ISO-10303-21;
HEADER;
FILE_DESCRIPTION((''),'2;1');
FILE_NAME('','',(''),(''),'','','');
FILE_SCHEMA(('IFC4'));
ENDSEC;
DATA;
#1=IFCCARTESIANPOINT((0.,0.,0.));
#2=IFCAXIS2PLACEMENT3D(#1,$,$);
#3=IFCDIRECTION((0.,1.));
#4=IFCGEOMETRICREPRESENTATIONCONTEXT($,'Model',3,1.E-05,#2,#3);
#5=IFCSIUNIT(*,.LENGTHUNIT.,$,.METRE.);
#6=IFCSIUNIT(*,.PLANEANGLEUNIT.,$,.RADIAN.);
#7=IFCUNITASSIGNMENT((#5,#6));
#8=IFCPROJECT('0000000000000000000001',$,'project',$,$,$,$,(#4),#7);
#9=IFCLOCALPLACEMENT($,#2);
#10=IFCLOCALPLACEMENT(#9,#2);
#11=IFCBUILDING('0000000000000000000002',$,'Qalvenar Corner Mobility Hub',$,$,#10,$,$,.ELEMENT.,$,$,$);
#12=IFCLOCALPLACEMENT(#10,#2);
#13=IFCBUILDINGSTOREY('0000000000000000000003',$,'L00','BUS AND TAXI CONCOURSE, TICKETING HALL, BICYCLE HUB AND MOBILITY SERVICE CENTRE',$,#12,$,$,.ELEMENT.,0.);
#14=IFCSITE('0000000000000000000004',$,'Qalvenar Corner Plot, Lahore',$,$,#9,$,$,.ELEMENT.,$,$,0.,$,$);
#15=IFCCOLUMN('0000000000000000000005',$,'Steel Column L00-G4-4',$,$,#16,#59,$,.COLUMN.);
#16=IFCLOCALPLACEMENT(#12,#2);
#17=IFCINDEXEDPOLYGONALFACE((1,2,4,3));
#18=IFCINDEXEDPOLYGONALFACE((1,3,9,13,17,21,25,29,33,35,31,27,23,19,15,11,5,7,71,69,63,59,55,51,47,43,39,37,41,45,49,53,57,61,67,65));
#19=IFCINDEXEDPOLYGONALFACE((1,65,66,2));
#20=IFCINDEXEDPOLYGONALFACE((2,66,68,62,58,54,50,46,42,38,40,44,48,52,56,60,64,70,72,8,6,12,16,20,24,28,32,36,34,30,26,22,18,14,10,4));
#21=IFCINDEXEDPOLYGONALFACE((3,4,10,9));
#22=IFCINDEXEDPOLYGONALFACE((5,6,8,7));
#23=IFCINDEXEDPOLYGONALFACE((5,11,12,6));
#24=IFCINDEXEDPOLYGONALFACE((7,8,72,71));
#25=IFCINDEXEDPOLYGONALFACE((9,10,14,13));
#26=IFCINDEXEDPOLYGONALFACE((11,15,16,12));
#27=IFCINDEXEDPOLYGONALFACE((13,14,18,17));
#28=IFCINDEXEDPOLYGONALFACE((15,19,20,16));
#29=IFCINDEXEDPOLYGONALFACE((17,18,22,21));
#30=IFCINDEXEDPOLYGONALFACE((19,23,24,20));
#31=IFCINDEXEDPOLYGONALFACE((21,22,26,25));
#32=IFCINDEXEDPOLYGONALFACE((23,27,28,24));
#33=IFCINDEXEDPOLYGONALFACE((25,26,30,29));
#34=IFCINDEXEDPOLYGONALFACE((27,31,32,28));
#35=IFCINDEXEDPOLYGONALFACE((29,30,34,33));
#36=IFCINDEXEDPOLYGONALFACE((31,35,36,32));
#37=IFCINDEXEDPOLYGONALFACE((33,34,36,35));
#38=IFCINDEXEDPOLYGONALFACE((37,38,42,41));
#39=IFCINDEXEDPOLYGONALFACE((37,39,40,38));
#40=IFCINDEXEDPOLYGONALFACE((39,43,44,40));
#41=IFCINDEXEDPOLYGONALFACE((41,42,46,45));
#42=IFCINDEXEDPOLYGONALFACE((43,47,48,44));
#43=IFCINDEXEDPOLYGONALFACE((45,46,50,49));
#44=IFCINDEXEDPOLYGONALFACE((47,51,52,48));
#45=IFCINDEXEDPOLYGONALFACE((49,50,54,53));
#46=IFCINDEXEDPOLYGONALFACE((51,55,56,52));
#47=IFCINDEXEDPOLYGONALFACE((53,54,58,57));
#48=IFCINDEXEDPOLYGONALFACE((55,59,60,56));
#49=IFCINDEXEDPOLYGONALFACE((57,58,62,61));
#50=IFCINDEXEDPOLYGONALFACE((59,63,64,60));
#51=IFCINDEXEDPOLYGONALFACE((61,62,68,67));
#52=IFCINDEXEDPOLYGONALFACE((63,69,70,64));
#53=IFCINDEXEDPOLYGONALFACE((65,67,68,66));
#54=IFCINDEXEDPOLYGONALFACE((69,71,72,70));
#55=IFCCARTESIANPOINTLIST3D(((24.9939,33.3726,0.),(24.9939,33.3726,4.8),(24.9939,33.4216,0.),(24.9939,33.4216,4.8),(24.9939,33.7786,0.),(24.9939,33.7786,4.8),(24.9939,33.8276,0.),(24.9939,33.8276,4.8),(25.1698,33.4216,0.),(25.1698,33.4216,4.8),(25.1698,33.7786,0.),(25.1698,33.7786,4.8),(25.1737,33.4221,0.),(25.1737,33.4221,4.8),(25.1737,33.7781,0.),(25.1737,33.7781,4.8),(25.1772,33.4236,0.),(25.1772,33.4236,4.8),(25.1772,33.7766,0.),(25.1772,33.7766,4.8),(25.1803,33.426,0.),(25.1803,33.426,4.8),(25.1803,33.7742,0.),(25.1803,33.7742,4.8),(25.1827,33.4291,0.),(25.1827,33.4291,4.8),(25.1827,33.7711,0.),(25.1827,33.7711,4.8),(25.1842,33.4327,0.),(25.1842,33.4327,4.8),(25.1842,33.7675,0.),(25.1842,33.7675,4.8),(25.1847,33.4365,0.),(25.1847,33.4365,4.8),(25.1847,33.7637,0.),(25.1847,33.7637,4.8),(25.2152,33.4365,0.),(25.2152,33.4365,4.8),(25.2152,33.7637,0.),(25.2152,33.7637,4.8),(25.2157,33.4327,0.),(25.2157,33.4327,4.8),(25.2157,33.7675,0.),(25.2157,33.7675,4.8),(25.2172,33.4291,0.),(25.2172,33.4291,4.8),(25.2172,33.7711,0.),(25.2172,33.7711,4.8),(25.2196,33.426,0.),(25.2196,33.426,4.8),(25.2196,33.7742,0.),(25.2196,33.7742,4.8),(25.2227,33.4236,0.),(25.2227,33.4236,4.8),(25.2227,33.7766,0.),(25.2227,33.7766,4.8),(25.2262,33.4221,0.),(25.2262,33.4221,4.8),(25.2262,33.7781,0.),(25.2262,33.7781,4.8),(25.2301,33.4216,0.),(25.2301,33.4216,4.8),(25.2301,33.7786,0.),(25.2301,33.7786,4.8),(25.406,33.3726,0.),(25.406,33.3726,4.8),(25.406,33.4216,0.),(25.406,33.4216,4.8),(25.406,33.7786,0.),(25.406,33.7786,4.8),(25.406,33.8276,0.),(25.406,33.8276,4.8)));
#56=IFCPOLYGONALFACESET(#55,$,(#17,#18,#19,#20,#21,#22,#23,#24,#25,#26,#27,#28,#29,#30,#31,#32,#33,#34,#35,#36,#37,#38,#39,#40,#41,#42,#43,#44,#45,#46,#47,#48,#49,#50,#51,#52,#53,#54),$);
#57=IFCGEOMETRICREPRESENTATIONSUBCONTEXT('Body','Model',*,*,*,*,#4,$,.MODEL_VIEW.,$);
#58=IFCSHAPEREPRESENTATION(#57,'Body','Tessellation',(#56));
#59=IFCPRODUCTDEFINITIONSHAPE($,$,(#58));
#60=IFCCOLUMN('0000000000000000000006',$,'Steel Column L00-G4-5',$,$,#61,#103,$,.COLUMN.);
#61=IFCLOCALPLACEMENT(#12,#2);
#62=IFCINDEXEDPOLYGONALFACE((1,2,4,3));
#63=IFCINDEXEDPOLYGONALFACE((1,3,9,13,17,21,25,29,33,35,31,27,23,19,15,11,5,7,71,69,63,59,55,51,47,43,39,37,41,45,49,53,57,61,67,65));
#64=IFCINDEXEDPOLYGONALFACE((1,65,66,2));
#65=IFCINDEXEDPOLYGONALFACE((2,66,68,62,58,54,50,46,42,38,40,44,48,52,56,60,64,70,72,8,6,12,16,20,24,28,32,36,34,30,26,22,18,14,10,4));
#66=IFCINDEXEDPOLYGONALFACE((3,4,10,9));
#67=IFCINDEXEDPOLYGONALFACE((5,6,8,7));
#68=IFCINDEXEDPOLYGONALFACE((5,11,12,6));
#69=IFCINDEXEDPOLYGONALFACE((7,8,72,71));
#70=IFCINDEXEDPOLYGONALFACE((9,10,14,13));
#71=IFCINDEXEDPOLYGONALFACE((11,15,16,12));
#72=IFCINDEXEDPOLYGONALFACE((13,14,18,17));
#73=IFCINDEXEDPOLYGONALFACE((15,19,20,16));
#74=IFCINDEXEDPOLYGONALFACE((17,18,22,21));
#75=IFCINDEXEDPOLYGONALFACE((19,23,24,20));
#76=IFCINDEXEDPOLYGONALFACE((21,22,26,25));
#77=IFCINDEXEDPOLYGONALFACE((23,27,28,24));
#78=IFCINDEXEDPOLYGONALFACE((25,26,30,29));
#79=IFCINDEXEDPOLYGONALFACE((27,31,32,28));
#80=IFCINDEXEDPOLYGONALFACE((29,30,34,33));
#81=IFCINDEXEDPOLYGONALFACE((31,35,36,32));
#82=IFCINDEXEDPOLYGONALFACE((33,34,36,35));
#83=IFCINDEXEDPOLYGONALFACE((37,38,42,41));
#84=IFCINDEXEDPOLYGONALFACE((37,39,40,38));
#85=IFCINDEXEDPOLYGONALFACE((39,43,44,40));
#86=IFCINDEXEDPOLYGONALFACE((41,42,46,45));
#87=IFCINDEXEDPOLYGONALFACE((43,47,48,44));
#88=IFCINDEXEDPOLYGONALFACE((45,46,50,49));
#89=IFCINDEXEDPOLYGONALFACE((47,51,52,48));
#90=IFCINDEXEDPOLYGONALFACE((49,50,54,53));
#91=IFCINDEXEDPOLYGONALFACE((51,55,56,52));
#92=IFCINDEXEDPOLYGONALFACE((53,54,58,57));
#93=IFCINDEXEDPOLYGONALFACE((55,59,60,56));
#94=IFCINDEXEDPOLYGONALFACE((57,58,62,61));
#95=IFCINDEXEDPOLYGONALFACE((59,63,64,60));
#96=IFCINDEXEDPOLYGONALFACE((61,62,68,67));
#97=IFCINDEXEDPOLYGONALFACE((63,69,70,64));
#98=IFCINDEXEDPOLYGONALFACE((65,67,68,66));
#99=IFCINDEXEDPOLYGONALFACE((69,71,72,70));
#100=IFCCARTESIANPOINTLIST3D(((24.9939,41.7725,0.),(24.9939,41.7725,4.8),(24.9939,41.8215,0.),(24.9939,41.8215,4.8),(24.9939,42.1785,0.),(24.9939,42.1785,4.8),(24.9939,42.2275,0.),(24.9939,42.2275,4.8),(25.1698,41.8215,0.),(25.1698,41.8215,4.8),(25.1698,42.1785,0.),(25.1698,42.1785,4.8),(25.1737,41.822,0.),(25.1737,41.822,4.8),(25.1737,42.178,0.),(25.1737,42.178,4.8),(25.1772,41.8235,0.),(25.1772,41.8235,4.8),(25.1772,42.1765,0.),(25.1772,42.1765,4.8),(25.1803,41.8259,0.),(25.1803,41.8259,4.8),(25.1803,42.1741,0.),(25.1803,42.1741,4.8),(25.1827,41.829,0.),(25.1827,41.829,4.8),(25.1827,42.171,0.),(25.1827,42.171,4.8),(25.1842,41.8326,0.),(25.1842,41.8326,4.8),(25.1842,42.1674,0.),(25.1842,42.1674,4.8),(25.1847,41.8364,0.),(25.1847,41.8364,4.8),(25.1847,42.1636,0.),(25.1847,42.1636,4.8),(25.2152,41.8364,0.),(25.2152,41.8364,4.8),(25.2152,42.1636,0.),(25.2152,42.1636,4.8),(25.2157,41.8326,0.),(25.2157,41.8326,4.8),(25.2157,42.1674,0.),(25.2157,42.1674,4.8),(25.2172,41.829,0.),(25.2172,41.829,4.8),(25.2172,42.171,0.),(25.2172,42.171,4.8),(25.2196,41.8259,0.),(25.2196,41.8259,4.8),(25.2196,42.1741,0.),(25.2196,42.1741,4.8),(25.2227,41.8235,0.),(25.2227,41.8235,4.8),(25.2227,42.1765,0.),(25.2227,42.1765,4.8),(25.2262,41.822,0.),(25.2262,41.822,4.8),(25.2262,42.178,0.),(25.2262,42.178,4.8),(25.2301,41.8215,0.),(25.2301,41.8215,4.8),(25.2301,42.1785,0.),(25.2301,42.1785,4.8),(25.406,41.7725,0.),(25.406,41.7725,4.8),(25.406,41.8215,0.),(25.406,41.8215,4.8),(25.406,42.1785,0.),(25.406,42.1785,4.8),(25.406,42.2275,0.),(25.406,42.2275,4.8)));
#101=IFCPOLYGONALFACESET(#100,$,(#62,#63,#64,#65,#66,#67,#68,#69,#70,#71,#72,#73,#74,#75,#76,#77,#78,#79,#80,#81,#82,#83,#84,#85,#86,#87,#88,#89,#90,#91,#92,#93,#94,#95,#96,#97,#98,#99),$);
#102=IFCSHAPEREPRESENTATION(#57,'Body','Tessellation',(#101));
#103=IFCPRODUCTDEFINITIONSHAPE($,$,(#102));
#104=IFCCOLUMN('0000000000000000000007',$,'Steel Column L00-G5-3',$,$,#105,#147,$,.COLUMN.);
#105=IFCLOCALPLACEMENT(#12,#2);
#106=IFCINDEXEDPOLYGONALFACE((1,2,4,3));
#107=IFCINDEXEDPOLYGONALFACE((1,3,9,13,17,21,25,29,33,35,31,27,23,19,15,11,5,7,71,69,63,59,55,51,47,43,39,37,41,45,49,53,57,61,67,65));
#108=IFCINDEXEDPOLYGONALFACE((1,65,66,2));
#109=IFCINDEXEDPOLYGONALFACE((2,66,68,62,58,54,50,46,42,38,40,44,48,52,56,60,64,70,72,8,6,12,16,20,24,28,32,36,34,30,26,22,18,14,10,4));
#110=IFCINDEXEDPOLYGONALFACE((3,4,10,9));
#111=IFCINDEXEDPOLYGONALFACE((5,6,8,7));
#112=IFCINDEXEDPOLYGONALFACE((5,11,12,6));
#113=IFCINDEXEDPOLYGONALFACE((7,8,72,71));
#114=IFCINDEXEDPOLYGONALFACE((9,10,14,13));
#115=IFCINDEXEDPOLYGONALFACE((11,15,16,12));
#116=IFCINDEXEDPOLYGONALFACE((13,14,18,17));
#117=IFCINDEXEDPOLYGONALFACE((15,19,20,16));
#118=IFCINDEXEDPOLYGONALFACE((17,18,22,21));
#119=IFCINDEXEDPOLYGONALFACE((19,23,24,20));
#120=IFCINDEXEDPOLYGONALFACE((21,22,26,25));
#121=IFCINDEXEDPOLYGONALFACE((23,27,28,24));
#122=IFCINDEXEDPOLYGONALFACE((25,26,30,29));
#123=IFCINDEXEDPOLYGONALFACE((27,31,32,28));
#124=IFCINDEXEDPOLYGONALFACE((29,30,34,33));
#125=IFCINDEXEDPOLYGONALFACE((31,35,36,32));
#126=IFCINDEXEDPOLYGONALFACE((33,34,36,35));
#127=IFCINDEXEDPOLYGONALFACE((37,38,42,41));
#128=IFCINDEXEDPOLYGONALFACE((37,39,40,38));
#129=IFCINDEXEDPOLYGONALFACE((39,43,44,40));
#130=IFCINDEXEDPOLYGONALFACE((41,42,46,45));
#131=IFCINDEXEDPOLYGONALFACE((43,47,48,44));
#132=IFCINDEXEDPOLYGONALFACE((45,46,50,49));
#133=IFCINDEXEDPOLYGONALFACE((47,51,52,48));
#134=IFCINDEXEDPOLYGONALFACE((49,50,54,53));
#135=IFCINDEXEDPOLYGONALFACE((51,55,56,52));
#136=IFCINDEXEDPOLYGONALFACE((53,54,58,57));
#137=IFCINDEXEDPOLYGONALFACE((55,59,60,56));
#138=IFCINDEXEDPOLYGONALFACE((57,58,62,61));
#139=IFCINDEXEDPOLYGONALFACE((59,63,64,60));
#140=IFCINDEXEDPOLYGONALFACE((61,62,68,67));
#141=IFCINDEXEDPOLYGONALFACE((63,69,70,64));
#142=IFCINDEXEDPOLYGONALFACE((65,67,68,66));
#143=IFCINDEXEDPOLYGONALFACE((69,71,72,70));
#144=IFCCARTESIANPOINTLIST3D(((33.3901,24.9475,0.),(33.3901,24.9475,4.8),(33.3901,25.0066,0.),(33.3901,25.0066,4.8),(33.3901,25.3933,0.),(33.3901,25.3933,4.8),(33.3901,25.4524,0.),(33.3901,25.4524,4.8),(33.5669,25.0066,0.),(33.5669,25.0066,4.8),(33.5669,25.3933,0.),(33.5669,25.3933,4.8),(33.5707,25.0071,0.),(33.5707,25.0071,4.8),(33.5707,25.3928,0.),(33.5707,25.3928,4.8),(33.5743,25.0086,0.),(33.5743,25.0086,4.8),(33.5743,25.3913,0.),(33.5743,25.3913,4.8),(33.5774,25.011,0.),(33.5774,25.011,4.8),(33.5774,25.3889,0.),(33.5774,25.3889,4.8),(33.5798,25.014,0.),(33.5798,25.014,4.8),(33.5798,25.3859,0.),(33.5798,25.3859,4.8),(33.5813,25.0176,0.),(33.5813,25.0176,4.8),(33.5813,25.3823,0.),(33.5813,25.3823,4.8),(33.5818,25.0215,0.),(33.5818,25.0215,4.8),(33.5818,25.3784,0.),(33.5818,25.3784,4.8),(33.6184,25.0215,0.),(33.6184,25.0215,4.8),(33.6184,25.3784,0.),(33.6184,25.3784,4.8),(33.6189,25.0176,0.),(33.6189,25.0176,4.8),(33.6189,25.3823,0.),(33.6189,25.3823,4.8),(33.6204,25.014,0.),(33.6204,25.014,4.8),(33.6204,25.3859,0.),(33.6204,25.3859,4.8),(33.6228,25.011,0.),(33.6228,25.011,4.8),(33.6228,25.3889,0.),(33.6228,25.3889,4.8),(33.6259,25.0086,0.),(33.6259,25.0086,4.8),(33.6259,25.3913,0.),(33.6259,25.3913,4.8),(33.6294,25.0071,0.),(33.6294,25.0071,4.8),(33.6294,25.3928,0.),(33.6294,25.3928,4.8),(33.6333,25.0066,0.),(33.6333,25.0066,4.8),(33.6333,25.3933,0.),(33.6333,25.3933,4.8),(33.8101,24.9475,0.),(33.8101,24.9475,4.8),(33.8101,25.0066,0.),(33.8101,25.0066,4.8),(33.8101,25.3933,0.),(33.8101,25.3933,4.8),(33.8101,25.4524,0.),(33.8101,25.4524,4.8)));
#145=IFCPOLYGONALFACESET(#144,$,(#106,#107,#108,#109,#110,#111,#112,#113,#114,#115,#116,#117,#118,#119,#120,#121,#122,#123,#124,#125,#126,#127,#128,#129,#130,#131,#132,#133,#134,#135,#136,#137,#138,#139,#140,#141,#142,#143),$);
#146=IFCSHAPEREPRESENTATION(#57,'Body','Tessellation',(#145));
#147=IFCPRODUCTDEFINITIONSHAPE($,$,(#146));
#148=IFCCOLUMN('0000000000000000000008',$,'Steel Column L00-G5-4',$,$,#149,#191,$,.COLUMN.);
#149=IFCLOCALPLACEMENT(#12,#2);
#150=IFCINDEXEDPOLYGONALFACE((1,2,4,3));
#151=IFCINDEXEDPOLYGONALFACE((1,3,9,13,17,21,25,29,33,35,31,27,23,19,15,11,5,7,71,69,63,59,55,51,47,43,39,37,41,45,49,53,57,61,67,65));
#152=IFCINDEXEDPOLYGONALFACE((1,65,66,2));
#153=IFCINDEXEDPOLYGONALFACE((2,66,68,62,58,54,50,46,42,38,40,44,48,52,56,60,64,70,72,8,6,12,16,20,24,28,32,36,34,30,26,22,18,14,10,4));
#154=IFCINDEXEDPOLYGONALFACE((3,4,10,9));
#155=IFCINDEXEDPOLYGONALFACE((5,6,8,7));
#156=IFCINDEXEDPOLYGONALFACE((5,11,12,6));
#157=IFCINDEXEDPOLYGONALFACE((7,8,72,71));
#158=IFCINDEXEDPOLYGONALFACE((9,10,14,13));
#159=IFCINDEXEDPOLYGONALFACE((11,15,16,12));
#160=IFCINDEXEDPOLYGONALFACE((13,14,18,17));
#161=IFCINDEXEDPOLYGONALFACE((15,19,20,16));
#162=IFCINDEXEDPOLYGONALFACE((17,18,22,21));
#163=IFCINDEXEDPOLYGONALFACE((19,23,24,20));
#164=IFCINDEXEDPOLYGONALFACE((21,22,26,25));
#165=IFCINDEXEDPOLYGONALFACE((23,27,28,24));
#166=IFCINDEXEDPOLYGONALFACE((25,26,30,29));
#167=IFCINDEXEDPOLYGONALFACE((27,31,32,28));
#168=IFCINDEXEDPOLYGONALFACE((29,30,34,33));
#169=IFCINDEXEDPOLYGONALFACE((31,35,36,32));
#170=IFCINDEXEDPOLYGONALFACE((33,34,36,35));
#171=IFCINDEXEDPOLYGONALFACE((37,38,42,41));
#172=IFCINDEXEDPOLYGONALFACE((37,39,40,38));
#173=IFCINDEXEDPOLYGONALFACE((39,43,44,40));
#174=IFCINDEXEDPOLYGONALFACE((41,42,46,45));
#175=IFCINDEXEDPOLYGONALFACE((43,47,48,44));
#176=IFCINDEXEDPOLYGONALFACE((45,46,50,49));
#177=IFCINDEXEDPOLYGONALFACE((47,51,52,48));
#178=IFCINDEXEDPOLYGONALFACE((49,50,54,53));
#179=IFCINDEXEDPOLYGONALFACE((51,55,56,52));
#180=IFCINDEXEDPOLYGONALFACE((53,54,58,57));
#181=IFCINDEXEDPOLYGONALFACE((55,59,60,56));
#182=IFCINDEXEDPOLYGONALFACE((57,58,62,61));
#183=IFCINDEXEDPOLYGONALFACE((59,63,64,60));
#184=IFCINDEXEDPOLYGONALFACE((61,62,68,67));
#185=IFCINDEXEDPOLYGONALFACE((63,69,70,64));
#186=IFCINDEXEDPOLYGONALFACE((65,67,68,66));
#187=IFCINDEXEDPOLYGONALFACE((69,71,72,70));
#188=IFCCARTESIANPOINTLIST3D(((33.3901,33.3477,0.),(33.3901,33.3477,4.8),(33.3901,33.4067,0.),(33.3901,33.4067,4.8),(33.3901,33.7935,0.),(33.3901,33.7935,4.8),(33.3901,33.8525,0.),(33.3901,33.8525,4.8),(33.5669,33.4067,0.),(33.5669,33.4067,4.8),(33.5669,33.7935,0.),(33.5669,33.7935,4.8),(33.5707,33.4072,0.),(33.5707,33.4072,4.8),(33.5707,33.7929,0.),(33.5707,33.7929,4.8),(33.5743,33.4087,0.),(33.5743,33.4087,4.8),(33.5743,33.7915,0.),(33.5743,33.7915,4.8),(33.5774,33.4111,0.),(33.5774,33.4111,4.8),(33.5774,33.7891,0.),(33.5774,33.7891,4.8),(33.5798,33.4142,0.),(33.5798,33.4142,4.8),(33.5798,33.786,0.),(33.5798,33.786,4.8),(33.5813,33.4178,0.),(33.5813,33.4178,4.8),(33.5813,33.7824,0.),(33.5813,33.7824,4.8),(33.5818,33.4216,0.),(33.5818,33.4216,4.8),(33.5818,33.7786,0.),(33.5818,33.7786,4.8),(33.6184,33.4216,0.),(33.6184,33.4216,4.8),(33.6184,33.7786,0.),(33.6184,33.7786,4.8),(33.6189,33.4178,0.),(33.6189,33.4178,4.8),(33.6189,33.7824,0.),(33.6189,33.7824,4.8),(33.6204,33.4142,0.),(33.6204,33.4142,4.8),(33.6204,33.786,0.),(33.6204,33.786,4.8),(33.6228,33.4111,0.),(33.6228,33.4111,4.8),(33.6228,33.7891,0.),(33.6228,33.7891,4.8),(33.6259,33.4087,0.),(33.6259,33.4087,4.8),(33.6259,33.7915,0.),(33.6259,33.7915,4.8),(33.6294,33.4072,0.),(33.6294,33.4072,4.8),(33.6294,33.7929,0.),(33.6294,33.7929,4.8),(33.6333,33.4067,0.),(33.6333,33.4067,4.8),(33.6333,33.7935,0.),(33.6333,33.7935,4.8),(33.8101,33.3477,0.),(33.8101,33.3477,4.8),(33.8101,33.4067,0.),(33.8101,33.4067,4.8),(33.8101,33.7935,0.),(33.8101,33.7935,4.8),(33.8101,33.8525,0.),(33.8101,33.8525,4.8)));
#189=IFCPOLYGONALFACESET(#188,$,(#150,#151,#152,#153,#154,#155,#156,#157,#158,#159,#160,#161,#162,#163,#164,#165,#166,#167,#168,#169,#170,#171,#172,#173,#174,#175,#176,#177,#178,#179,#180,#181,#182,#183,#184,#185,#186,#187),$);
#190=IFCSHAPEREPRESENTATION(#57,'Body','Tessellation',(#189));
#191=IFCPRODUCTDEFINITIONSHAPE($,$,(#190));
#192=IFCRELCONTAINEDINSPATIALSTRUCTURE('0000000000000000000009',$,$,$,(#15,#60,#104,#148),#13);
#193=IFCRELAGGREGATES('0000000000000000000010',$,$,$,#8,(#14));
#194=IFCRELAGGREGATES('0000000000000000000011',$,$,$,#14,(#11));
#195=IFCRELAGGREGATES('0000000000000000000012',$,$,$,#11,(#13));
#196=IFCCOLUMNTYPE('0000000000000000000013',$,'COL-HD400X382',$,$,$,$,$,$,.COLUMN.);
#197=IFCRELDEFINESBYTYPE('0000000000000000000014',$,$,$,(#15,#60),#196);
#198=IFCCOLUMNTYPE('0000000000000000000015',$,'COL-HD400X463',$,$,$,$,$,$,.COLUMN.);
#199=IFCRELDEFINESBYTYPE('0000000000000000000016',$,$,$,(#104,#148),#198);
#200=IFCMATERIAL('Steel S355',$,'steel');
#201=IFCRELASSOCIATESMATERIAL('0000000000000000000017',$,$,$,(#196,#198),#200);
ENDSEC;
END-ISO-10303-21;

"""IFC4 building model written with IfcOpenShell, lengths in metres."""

from ifc_helpers import new_model, si_unit, direction, frame, origin, origin_2d, place, context, subcontext, project, spatial, i_section, extrude, material, material_profile, profile_set, type_object, element, save


model = new_model("IFC4")

# Units and contexts
model_context = context("Model", 3, precision=1e-05, world=origin(), true_north=direction((0.0, 1.0)))
body_context = subcontext(model_context, "Body", "Model", "MODEL_VIEW")
ifc_project = project(units=[si_unit("LENGTHUNIT", "METRE"), si_unit("PLANEANGLEUNIT", "RADIAN")], contexts=[model_context])

# Site, building, storey
site_placement = place(None, origin())
site = spatial("IfcSite", under=ifc_project, at=site_placement, Name="Qalvenar Corner Plot, Lahore", CompositionType="ELEMENT", RefElevation=0.0)
building_placement = place(site_placement, origin())
building = spatial("IfcBuilding", under=site, at=building_placement, Name="Qalvenar Corner Mobility Hub", CompositionType="ELEMENT")
storey_placement = place(building_placement, origin())
storey = spatial("IfcBuildingStorey", under=building, at=storey_placement, Name="L00", Description="BUS AND TAXI CONCOURSE, TICKETING HALL, BICYCLE HUB AND MOBILITY SERVICE CENTRE", CompositionType="ELEMENT", Elevation=0.0)

# Columns
ifc_material_1 = material(Name="Steel S355", Category="steel")
ifc_material_profile_1 = material_profile(ifc_material_1, i_section(OverallWidth=0.4121, OverallDepth=0.4551, WebThickness=0.0305, FlangeThickness=0.0491, FilletRadius=0.0149, at=origin_2d()), Name="HD400x421")
ifc_profile_set_1 = profile_set([ifc_material_profile_1], Name="Steel S355")
column_type_1 = type_object("IfcColumnType", Name="COL-HD400X382", PredefinedType="COLUMN", material=ifc_profile_set_1)
for number, where, z_axis, x_axis, name in (
    (1, (25.2, 33.6001, 0.0), (0.0, 0.0, 1.0), (1.0, 0.0, 0.0), "Steel Column L00-G4-4"),
    (2, (25.2, 42.0, 0.0), (0.0, 0.0, 1.0), (1.0, 0.0, 0.0), "Steel Column L00-G4-5"),
):
    element("IfcColumn", number, at=place(storey_placement, frame(where, z_axis=z_axis, x_axis=x_axis)), inside=storey, type_object=column_type_1, Name=name, PredefinedType="COLUMN", context=body_context, shape_type="SweptSolid", body=[
        extrude(i_section(OverallWidth=0.4121, OverallDepth=0.4551, WebThickness=0.0305, FlangeThickness=0.0491, FilletRadius=0.0149, at=origin_2d()), origin(), (0.0, 0.0, 1.0), 4.8),
    ])
ifc_material_profile_2 = material_profile(ifc_material_1, i_section(OverallWidth=0.4199, OverallDepth=0.5049, WebThickness=0.0366, FlangeThickness=0.0591, FilletRadius=0.0149, at=origin_2d()), Name="HD400x551")
ifc_profile_set_2 = profile_set([ifc_material_profile_2], Name="Steel S355")
column_type_2 = type_object("IfcColumnType", Name="COL-HD400X463", PredefinedType="COLUMN", material=ifc_profile_set_2)
for number, where, z_axis, x_axis, name in (
    (3, (33.6001, 25.2, 0.0), (0.0, 0.0, 1.0), (1.0, 0.0, 0.0), "Steel Column L00-G5-3"),
    (4, (33.6001, 33.6001, 0.0), (0.0, 0.0, 1.0), (1.0, 0.0, 0.0), "Steel Column L00-G5-4"),
):
    element("IfcColumn", number, at=place(storey_placement, frame(where, z_axis=z_axis, x_axis=x_axis)), inside=storey, type_object=column_type_2, Name=name, PredefinedType="COLUMN", context=body_context, shape_type="SweptSolid", body=[
        extrude(i_section(OverallWidth=0.4199, OverallDepth=0.5049, WebThickness=0.0366, FlangeThickness=0.0591, FilletRadius=0.0149, at=origin_2d()), origin(), (0.0, 0.0, 1.0), 4.8),
    ])

save(model, "model.ifc")
